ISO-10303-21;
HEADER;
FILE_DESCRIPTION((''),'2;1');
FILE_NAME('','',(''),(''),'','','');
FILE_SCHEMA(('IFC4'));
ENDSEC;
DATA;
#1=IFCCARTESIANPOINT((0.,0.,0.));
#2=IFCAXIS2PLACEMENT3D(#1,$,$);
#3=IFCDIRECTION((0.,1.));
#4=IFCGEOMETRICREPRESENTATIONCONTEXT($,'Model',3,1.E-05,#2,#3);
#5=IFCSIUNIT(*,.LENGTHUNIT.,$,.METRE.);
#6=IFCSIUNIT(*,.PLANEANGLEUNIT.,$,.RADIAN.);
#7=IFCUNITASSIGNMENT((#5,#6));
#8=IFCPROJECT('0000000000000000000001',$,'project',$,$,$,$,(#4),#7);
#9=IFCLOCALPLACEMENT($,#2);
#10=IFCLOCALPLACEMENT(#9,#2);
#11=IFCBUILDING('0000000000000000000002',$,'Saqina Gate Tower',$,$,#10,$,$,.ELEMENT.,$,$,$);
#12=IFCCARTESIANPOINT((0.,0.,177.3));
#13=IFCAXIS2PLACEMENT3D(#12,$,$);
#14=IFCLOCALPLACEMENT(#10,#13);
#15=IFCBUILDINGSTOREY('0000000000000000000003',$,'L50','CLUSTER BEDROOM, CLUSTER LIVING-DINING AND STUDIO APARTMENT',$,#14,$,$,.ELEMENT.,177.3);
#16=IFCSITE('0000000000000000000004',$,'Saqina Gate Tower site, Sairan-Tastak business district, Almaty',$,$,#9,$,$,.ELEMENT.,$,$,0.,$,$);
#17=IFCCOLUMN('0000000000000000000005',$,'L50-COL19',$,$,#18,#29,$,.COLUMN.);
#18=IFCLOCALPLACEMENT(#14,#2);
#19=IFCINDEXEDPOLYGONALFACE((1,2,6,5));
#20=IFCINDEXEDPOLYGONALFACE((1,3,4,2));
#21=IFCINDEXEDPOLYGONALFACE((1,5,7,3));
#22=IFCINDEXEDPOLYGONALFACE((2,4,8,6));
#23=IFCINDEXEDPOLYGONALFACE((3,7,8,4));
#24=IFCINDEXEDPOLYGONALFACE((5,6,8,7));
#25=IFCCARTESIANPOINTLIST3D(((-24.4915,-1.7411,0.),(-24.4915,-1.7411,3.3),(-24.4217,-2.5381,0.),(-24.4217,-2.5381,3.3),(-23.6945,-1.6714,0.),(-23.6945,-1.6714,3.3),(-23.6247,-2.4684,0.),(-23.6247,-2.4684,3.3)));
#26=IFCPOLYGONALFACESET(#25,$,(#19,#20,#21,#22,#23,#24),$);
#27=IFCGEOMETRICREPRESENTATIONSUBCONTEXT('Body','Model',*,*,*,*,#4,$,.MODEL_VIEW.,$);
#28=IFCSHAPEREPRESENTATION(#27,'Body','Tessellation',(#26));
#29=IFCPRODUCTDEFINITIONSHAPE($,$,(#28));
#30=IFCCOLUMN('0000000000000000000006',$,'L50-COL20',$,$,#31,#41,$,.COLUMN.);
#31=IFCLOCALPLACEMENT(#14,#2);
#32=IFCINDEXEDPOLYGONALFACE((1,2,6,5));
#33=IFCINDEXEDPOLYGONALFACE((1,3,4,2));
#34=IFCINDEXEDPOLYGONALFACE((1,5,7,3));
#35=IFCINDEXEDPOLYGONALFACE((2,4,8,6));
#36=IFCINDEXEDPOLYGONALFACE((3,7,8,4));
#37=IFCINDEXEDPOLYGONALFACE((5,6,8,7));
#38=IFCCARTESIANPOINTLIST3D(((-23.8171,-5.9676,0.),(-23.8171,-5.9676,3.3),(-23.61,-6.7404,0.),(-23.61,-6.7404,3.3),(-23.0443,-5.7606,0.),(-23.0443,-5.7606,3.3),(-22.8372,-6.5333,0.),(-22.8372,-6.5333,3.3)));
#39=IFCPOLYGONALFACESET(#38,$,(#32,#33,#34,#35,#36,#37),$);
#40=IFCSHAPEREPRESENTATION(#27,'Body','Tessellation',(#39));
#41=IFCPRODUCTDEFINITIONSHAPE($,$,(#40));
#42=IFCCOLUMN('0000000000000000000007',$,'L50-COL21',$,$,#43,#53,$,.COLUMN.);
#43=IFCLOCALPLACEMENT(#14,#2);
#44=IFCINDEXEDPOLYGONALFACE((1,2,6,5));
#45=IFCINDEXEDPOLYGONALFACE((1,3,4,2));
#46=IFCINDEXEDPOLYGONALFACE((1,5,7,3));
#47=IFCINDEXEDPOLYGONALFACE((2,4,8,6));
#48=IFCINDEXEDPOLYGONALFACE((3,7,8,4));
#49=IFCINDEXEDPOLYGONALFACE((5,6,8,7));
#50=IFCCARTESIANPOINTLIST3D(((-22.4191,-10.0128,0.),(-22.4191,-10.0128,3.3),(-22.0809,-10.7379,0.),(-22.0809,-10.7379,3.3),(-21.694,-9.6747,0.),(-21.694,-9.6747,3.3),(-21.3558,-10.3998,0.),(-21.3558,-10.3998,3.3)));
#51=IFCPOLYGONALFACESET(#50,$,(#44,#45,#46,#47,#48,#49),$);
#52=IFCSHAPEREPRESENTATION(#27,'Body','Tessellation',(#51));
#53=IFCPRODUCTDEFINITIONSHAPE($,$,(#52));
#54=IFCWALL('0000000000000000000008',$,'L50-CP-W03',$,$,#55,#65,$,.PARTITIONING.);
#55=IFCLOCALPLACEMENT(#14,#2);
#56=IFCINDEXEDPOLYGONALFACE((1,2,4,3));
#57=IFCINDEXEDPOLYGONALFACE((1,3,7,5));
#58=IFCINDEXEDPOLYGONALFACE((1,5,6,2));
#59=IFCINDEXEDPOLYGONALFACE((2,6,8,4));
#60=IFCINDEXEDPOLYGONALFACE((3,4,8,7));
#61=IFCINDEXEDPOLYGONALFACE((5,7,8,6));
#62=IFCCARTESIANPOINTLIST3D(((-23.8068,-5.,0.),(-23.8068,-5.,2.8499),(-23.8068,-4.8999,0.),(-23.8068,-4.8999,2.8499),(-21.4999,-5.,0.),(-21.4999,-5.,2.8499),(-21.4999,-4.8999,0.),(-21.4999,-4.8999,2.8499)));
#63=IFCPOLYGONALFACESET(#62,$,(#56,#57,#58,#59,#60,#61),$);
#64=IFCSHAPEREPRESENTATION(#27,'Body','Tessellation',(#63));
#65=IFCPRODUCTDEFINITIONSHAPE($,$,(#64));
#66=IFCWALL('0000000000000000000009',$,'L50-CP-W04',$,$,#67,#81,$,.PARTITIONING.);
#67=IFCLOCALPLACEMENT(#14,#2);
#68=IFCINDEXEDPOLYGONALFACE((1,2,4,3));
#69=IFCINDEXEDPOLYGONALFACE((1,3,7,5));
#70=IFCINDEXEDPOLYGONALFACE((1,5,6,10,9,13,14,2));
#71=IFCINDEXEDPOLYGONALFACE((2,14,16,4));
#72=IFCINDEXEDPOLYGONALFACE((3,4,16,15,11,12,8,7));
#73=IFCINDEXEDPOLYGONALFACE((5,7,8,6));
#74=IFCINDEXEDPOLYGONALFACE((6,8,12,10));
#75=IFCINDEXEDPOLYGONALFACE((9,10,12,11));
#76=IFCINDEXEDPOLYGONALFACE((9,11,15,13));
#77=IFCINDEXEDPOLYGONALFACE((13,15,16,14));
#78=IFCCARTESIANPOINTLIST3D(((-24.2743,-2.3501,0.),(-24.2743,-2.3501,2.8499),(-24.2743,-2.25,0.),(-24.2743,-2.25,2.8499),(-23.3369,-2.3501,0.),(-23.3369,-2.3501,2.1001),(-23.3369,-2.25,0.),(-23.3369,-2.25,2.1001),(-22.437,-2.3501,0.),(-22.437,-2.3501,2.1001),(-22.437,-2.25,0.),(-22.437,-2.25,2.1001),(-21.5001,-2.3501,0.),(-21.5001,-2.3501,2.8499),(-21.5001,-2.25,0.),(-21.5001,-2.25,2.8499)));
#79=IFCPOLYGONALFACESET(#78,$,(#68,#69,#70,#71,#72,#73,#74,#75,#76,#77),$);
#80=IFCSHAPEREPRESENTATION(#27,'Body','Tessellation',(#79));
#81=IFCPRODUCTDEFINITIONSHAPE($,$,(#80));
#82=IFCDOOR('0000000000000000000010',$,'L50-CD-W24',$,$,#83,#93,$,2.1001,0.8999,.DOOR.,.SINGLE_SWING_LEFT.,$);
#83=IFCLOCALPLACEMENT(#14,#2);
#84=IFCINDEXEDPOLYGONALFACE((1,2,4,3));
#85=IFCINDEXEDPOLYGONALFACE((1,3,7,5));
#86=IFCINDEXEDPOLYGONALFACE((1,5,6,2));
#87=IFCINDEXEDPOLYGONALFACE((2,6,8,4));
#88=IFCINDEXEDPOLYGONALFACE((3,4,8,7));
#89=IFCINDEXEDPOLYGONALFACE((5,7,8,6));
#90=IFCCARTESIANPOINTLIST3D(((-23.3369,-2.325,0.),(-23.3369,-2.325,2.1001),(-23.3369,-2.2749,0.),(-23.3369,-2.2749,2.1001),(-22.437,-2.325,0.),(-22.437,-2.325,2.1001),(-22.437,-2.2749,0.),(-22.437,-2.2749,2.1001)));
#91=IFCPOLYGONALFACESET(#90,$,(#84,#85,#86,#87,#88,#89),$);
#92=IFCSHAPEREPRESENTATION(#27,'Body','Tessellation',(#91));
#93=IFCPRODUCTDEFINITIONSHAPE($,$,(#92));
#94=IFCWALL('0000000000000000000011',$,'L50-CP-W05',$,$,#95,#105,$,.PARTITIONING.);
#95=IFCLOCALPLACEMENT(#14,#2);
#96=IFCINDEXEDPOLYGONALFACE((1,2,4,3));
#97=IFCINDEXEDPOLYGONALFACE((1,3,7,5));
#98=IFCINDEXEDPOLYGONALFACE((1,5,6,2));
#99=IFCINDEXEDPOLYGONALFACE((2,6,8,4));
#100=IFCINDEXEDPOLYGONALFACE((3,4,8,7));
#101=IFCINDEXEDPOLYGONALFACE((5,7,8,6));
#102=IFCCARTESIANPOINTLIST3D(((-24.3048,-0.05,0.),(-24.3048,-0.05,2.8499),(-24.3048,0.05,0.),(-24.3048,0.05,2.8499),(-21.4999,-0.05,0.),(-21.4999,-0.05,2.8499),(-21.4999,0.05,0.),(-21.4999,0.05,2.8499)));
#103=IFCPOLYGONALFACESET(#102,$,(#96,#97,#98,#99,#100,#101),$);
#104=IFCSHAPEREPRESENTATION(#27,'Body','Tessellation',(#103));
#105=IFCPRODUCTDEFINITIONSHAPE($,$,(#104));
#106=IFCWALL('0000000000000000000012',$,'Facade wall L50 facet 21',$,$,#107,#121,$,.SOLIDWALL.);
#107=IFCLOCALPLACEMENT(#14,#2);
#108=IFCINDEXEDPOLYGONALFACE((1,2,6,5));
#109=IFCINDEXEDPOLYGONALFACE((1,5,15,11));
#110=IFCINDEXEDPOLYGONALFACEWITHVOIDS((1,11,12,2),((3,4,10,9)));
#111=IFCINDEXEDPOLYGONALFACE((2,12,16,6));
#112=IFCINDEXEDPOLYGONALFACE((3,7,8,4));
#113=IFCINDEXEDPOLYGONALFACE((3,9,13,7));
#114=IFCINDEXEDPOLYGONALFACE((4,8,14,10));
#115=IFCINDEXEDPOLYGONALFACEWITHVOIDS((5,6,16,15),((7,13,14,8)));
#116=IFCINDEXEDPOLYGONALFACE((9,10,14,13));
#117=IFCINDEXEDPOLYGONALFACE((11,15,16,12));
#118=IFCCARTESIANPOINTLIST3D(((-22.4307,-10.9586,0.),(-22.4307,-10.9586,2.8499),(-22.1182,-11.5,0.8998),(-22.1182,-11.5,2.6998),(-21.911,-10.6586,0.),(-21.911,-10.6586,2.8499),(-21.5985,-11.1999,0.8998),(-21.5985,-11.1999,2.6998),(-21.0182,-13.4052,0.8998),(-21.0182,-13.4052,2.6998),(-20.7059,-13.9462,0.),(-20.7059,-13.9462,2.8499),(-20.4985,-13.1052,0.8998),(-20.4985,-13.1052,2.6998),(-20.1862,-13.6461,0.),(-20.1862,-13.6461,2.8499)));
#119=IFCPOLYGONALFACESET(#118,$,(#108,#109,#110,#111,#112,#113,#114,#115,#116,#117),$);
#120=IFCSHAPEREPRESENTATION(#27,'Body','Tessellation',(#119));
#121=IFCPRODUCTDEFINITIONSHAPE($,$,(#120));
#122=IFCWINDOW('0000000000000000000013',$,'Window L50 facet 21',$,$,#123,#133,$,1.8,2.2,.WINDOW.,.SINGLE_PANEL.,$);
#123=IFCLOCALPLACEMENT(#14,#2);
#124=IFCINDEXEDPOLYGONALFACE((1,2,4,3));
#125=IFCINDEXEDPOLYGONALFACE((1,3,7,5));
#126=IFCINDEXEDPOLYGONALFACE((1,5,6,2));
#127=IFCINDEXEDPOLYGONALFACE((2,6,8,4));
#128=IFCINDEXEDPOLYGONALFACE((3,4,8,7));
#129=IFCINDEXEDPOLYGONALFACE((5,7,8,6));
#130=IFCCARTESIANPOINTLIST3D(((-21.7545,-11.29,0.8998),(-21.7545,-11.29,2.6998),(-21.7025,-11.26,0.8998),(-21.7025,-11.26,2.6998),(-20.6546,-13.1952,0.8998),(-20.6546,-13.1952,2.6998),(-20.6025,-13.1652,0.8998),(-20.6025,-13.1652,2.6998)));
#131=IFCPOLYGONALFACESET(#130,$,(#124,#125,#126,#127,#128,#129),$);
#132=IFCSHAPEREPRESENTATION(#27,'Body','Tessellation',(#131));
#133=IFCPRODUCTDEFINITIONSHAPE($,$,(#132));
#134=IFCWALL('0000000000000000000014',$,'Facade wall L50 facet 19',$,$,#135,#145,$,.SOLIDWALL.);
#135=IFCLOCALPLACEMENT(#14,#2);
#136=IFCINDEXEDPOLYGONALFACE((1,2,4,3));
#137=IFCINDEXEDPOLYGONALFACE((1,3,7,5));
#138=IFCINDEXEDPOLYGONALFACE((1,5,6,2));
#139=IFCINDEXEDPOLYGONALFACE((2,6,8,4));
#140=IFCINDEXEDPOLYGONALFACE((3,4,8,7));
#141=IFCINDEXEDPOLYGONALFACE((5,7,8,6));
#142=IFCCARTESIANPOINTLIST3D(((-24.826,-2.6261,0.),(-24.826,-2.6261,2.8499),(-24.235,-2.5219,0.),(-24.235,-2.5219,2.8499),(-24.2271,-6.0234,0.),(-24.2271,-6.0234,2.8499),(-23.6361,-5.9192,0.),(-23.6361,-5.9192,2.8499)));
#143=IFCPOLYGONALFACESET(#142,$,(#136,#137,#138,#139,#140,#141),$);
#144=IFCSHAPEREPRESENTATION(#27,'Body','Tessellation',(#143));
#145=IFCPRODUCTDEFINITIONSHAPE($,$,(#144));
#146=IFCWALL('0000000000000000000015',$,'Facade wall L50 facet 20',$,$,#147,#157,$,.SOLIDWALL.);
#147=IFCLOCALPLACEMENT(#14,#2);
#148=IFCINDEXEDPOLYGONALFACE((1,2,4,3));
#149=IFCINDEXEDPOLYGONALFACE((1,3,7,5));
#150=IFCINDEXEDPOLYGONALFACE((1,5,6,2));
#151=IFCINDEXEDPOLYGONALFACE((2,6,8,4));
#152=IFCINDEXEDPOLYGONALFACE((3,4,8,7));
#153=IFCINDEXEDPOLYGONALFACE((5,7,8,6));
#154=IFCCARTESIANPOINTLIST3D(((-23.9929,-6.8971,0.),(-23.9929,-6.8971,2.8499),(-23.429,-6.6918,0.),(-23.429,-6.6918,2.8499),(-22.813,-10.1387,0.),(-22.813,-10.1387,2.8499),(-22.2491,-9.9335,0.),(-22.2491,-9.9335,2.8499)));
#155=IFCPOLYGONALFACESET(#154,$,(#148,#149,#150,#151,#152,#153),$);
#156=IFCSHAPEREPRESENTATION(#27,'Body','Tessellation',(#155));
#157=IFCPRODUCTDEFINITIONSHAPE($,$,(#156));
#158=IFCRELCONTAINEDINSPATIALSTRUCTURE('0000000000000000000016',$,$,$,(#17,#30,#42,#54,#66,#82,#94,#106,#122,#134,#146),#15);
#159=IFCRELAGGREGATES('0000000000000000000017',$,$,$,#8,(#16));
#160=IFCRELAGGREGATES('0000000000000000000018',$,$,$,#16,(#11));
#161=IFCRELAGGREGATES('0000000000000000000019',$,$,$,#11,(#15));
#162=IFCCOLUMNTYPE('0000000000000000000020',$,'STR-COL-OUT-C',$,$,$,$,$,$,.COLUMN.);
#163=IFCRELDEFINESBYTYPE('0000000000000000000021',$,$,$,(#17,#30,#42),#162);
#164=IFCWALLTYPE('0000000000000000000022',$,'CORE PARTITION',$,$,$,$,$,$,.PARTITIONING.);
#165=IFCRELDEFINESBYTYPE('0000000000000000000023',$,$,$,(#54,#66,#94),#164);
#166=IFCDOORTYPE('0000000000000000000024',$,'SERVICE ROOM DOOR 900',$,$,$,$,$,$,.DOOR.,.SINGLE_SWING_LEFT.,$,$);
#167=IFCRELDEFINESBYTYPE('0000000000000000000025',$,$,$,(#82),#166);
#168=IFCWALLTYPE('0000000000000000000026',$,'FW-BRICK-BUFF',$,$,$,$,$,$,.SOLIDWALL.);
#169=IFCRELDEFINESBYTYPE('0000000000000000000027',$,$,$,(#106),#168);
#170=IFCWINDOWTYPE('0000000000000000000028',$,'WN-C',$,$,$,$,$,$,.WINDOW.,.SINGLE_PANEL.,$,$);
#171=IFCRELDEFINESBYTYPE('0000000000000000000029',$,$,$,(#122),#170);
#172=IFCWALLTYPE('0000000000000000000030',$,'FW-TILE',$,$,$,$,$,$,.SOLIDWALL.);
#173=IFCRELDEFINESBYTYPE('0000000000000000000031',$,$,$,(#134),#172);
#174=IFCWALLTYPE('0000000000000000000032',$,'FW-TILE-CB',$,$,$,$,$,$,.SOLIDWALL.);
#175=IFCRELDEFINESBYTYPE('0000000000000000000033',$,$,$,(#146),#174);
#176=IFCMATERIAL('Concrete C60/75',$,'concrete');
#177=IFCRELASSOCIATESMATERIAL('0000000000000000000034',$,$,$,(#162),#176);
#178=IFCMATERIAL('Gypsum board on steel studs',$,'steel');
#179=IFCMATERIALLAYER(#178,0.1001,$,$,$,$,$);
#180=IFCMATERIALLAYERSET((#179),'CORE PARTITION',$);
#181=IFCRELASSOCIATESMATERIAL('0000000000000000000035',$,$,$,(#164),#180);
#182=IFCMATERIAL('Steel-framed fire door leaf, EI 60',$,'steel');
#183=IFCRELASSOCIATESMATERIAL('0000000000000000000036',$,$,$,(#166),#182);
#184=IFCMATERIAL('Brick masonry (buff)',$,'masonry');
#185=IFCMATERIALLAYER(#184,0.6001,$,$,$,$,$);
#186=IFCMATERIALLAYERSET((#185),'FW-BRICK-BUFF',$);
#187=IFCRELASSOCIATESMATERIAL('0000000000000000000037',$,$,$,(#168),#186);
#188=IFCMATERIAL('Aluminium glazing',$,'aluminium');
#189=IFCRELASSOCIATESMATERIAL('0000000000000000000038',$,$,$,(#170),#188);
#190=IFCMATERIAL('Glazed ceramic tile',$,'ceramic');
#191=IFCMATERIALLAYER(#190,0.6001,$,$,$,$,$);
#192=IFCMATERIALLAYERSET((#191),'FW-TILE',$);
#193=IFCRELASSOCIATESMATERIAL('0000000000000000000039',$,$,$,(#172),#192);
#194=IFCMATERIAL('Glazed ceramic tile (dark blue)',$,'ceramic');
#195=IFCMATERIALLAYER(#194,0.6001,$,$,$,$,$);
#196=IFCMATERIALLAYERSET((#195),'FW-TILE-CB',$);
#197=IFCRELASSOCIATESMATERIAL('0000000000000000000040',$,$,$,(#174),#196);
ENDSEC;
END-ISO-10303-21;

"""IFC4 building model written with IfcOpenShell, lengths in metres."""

from ifc_helpers import new_model, si_unit, direction, frame, frame_2d, origin, origin_2d, place, context, subcontext, project, spatial, rectangle, extrude, material, layer, layer_set, material_profile, profile_set, type_object, element, fill, save


model = new_model("IFC4")

# Units and contexts
model_context = context("Model", 3, precision=1e-05, world=origin(), true_north=direction((0.0, 1.0)))
body_context = subcontext(model_context, "Body", "Model", "MODEL_VIEW")
ifc_project = project(units=[si_unit("LENGTHUNIT", "METRE"), si_unit("PLANEANGLEUNIT", "RADIAN")], contexts=[model_context])

# Site, building, storey
site_placement = place(None, origin())
site = spatial("IfcSite", under=ifc_project, at=site_placement, Name="Saqina Gate Tower site, Sairan-Tastak business district, Almaty", CompositionType="ELEMENT", RefElevation=0.0)
building_placement = place(site_placement, origin())
building = spatial("IfcBuilding", under=site, at=building_placement, Name="Saqina Gate Tower", CompositionType="ELEMENT")
storey_placement = place(building_placement, frame((0.0, 0.0, 177.3)))
storey = spatial("IfcBuildingStorey", under=building, at=storey_placement, Name="L50", Description="CLUSTER BEDROOM, CLUSTER LIVING-DINING AND STUDIO APARTMENT", CompositionType="ELEMENT", Elevation=177.3)

# Columns
ifc_material_1 = material(Name="Concrete C60/75", Category="concrete")
ifc_material_profile = material_profile(ifc_material_1, rectangle(XDim=0.8, YDim=0.8, at=origin_2d()), Name="RC 800x800")
ifc_profile_set = profile_set([ifc_material_profile], Name="Concrete C60/75")
column_type = type_object("IfcColumnType", Name="STR-COL-OUT-C", PredefinedType="COLUMN", material=ifc_profile_set)
for number, where, z_axis, x_axis, name in (
    (1, (-24.0581, -2.1047, 0.0), (0.0, 0.0, 1.0), (-0.996195, -0.087156, 0.0), "L50-COL19"),
    (2, (-23.3271, -6.2505, 0.0), (0.0, 0.0, 1.0), (-0.965926, -0.258819, 0.0), "L50-COL20"),
    (3, (-21.8875, -10.2063, 0.0), (0.0, 0.0, 1.0), (-0.906308, -0.422618, 0.0), "L50-COL21"),
):
    element("IfcColumn", number, at=place(storey_placement, frame(where, z_axis=z_axis, x_axis=x_axis)), inside=storey, type_object=column_type, Name=name, PredefinedType="COLUMN", context=body_context, shape_type="SweptSolid", body=[
        extrude(rectangle(XDim=0.8, YDim=0.8, at=origin_2d()), origin(), (0.0, 0.0, 1.0), 3.3),
    ])

# Wall
ifc_material_2 = material(Name="Gypsum board on steel studs", Category="steel")
ifc_layer_1 = layer(ifc_material_2, 0.1001)
ifc_layer_set_1 = layer_set([ifc_layer_1], Name="CORE PARTITION")
wall_type_1 = type_object("IfcWallType", Name="CORE PARTITION", PredefinedType="PARTITIONING", material=ifc_layer_set_1)
wall_1_placement = place(storey_placement, frame((-21.5, -4.95, 0.0), z_axis=(0.0, 0.0, 1.0), x_axis=(-1.0, 0.0, 0.0)))
element("IfcWall", 4, at=wall_1_placement, inside=storey, type_object=wall_type_1, Name="L50-CP-W03", PredefinedType="PARTITIONING", context=body_context, shape_type="SweptSolid", body=[
    extrude(rectangle(XDim=2.3069, YDim=0.1001, at=frame_2d((1.1533, 0.0))), origin(), (0.0, 0.0, 1.0), 2.8499),
])

# Wall, opening, door
wall_2_placement = place(storey_placement, frame((-21.5, -2.3, 0.0), z_axis=(0.0, 0.0, 1.0), x_axis=(-1.0, 0.0, 0.0)))
wall_2 = element("IfcWall", 5, at=wall_2_placement, inside=storey, type_object=wall_type_1, Name="L50-CP-W04", PredefinedType="PARTITIONING", context=body_context, shape_type="SweptSolid", body=[
    extrude(rectangle(XDim=2.7742, YDim=0.1001, at=frame_2d((1.3872, 0.0))), origin(), (0.0, 0.0, 1.0), 2.8499),
])
opening_1_placement = place(wall_2_placement, frame((0.937, 0.0, 0.0)))
opening_1 = element("IfcOpeningElement", 6, at=opening_1_placement, cuts=wall_2, PredefinedType="OPENING", context=body_context, shape_type="SweptSolid", body=[
    extrude(rectangle(XDim=0.8999, YDim=2.1001, at=frame_2d((0.45, 1.05))), frame((0.0, 0.062, 0.0), z_axis=(0.0, -1.0, 0.0), x_axis=(1.0, 0.0, 0.0)), (0.0, 0.0, 1.0), 0.124),
])
ifc_material_3 = material(Name="Steel-framed fire door leaf, EI 60", Category="steel")
door_type_1 = type_object("IfcDoorType", Name="SERVICE ROOM DOOR 900", OperationType="SINGLE_SWING_LEFT", PredefinedType="DOOR", material=ifc_material_3)
door_1_placement = place(opening_1_placement, origin())
door_1 = element("IfcDoor", 7, at=door_1_placement, inside=storey, type_object=door_type_1, Name="L50-CD-W24", OperationType="SINGLE_SWING_LEFT", OverallHeight=2.1001, OverallWidth=0.8999, PredefinedType="DOOR", context=body_context, shape_type="SweptSolid", body=[
    extrude(rectangle(XDim=0.8999, YDim=2.1001, at=frame_2d((0.45, 1.05))), frame((0.0, 0.0249, 0.0), z_axis=(0.0, -1.0, 0.0), x_axis=(1.0, 0.0, 0.0)), (0.0, 0.0, 1.0), 0.05),
])
fill(opening_1, door_1)

# Wall
wall_3_placement = place(storey_placement, frame((-21.5, 0.0, 0.0), z_axis=(0.0, 0.0, 1.0), x_axis=(-1.0, 0.0, 0.0)))
element("IfcWall", 8, at=wall_3_placement, inside=storey, type_object=wall_type_1, Name="L50-CP-W05", PredefinedType="PARTITIONING", context=body_context, shape_type="SweptSolid", body=[
    extrude(rectangle(XDim=2.8049, YDim=0.1001, at=frame_2d((1.4023, 0.0))), origin(), (0.0, 0.0, 1.0), 2.8499),
])

# Wall, opening, window
ifc_material_4 = material(Name="Brick masonry (buff)", Category="masonry")
ifc_layer_2 = layer(ifc_material_4, 0.6001)
ifc_layer_set_2 = layer_set([ifc_layer_2], Name="FW-BRICK-BUFF")
wall_type_2 = type_object("IfcWallType", Name="FW-BRICK-BUFF", PredefinedType="SOLIDWALL", material=ifc_layer_set_2)
wall_4_placement = place(storey_placement, frame((-22.1709, -10.8086, 0.0), z_axis=(0.0, 0.0, 1.0), x_axis=(0.499998, -0.866026, 0.0)))
wall_4 = element("IfcWall", 9, at=wall_4_placement, inside=storey, type_object=wall_type_2, Name="Facade wall L50 facet 21", PredefinedType="SOLIDWALL", context=body_context, shape_type="SweptSolid", body=[
    extrude(rectangle(XDim=3.4497, YDim=0.6001, at=frame_2d((1.7249, 0.0))), origin(), (0.0, 0.0, 1.0), 2.8499),
])
opening_2_placement = place(wall_4_placement, frame((0.625, 0.0, 0.8999)))
opening_2 = element("IfcOpeningElement", 10, at=opening_2_placement, cuts=wall_4, PredefinedType="OPENING", context=body_context, shape_type="SweptSolid", body=[
    extrude(rectangle(XDim=2.2, YDim=1.8, at=frame_2d((1.1001, 0.8999))), frame((0.0, 0.312, 0.0), z_axis=(0.0, -1.0, 0.0), x_axis=(1.0, 0.0, 0.0)), (0.0, 0.0, 1.0), 0.624),
])
ifc_material_5 = material(Name="Aluminium glazing", Category="aluminium")
window_type = type_object("IfcWindowType", Name="WN-C", PartitioningType="SINGLE_PANEL", PredefinedType="WINDOW", material=ifc_material_5)
window_placement = place(opening_2_placement, origin())
window = element("IfcWindow", 11, at=window_placement, inside=storey, type_object=window_type, Name="Window L50 facet 21", OverallHeight=1.8, OverallWidth=2.2, PartitioningType="SINGLE_PANEL", PredefinedType="WINDOW", context=body_context, shape_type="SweptSolid", body=[
    extrude(rectangle(XDim=2.2, YDim=1.8, at=frame_2d((1.1001, 0.8999))), frame((0.0, 0.1799, 0.0), z_axis=(0.0, -1.0, 0.0), x_axis=(1.0, 0.0, 0.0)), (0.0, 0.0, 1.0), 0.0601),
])
fill(opening_2, window)

# Walls
ifc_material_6 = material(Name="Glazed ceramic tile", Category="ceramic")
ifc_layer_3 = layer(ifc_material_6, 0.6001)
ifc_layer_set_3 = layer_set([ifc_layer_3], Name="FW-TILE")
wall_type_3 = type_object("IfcWallType", Name="FW-TILE", PredefinedType="SOLIDWALL", material=ifc_layer_set_3)
wall_5_placement = place(storey_placement, frame((-24.5305, -2.574, 0.0), z_axis=(0.0, 0.0, 1.0), x_axis=(0.173608, -0.984815, 0.0)))
element("IfcWall", 12, at=wall_5_placement, inside=storey, type_object=wall_type_3, Name="Facade wall L50 facet 19", PredefinedType="SOLIDWALL", context=body_context, shape_type="SweptSolid", body=[
    extrude(rectangle(XDim=3.4497, YDim=0.6001, at=frame_2d((1.7249, 0.0))), origin(), (0.0, 0.0, 1.0), 2.8499),
])
ifc_material_7 = material(Name="Glazed ceramic tile (dark blue)", Category="ceramic")
ifc_layer_4 = layer(ifc_material_7, 0.6001)
ifc_layer_set_4 = layer_set([ifc_layer_4], Name="FW-TILE-CB")
wall_type_4 = type_object("IfcWallType", Name="FW-TILE-CB", PredefinedType="SOLIDWALL", material=ifc_layer_set_4)
wall_6_placement = place(storey_placement, frame((-23.7109, -6.7944, 0.0), z_axis=(0.0, 0.0, 1.0), x_axis=(0.342033, -0.939688, 0.0)))
element("IfcWall", 13, at=wall_6_placement, inside=storey, type_object=wall_type_4, Name="Facade wall L50 facet 20", PredefinedType="SOLIDWALL", context=body_context, shape_type="SweptSolid", body=[
    extrude(rectangle(XDim=3.4497, YDim=0.6001, at=frame_2d((1.7249, 0.0))), origin(), (0.0, 0.0, 1.0), 2.8499),
])

save(model, "model.ifc")
